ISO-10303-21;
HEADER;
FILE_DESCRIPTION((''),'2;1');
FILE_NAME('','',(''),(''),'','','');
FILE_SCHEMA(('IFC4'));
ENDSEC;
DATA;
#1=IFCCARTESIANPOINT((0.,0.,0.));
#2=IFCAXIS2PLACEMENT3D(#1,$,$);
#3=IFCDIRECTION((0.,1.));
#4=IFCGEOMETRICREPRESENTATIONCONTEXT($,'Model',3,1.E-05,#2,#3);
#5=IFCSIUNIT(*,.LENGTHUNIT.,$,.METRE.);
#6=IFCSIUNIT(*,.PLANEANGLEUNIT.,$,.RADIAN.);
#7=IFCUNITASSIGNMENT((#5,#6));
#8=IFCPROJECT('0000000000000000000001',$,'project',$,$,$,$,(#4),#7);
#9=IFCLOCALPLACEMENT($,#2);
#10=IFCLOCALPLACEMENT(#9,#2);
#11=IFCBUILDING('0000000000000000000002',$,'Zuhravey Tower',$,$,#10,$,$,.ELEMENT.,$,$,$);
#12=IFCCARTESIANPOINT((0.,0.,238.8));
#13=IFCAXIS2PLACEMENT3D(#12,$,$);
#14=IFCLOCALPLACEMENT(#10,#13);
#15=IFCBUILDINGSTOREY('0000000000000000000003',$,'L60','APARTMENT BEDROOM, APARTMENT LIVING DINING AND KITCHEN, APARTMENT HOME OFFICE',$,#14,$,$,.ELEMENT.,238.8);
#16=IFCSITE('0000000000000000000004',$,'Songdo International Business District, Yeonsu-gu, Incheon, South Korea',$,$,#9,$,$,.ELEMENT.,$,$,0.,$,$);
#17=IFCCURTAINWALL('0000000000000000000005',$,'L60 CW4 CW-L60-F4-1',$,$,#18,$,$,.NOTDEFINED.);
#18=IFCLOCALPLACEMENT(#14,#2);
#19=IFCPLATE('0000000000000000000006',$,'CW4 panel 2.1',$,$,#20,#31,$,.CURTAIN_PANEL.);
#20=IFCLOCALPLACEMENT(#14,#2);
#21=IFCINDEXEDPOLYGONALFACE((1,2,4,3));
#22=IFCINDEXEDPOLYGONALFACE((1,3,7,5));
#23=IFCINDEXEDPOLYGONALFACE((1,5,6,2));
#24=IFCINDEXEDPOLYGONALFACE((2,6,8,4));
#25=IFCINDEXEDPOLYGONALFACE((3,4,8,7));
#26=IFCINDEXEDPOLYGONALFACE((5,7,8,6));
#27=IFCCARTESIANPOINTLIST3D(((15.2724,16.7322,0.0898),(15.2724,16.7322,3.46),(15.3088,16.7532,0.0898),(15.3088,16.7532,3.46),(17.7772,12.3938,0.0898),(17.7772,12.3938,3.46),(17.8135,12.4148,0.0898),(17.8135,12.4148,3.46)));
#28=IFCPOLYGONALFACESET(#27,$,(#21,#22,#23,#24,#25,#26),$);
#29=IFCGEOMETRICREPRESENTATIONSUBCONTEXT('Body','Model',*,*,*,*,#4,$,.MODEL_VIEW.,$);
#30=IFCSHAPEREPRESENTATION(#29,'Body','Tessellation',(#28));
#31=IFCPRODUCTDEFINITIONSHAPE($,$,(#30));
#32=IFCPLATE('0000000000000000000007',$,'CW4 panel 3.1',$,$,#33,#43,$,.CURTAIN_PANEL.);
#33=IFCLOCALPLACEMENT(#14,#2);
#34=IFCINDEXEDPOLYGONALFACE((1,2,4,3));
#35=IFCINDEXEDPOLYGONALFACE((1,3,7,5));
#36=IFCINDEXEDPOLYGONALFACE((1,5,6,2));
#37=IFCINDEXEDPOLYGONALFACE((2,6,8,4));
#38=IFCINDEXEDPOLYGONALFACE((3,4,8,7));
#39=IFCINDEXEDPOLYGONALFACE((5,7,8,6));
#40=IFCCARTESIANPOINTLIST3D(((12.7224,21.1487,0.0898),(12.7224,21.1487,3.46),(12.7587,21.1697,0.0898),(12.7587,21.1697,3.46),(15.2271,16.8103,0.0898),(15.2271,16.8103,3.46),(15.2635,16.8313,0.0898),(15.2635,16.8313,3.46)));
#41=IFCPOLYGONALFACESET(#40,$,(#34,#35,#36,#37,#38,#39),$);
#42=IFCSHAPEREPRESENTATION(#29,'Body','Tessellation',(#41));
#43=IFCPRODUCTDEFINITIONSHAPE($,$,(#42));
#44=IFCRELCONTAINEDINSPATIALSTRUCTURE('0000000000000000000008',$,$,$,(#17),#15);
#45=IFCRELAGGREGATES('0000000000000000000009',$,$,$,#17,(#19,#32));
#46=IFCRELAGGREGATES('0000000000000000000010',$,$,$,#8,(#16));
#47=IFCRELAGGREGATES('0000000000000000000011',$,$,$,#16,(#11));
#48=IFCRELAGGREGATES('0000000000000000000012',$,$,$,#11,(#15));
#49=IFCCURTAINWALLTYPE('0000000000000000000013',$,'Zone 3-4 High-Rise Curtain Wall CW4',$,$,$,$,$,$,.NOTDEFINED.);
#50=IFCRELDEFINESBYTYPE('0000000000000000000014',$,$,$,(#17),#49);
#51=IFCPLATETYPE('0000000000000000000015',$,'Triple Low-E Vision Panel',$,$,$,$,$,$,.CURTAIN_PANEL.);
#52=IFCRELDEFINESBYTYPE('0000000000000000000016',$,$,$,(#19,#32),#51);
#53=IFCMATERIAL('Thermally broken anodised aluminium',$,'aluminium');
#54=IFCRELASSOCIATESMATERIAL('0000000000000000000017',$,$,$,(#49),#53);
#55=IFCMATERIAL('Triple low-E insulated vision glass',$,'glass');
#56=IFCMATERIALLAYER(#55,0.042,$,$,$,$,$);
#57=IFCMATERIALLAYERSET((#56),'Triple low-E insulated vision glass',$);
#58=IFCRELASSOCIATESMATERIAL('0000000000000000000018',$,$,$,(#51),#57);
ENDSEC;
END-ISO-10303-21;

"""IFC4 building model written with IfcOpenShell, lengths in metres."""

from ifc_helpers import new_model, si_unit, direction, frame, origin, origin_2d, place, context, subcontext, project, spatial, rectangle, extrude, material, layer, layer_set, type_object, element, aggregate, save


model = new_model("IFC4")

# Units and contexts
model_context = context("Model", 3, precision=1e-05, world=origin(), true_north=direction((0.0, 1.0)))
body_context = subcontext(model_context, "Body", "Model", "MODEL_VIEW")
ifc_project = project(units=[si_unit("LENGTHUNIT", "METRE"), si_unit("PLANEANGLEUNIT", "RADIAN")], contexts=[model_context])

# Site, building, storey
site_placement = place(None, origin())
site = spatial("IfcSite", under=ifc_project, at=site_placement, Name="Songdo International Business District, Yeonsu-gu, Incheon, South Korea", CompositionType="ELEMENT", RefElevation=0.0)
building_placement = place(site_placement, origin())
building = spatial("IfcBuilding", under=site, at=building_placement, Name="Zuhravey Tower", CompositionType="ELEMENT")
storey_placement = place(building_placement, frame((0.0, 0.0, 238.8)))
storey = spatial("IfcBuildingStorey", under=building, at=storey_placement, Name="L60", Description="APARTMENT BEDROOM, APARTMENT LIVING DINING AND KITCHEN, APARTMENT HOME OFFICE", CompositionType="ELEMENT", Elevation=238.8)

# Curtain wall
ifc_material_1 = material(Name="Thermally broken anodised aluminium", Category="aluminium")
curtain_wall_type = type_object("IfcCurtainWallType", Name="Zone 3-4 High-Rise Curtain Wall CW4", PredefinedType="NOTDEFINED", material=ifc_material_1)
curtain_wall_placement = place(storey_placement, origin())
curtain_wall = element("IfcCurtainWall", 1, at=curtain_wall_placement, inside=storey, type_object=curtain_wall_type, Name="L60 CW4 CW-L60-F4-1", PredefinedType="NOTDEFINED")

# Plates
ifc_material_2 = material(Name="Triple low-E insulated vision glass", Category="glass")
ifc_layer_1 = layer(ifc_material_2, 0.042)
ifc_layer_set_1 = layer_set([ifc_layer_1], Name="Triple low-E insulated vision glass")
plate_type_1 = type_object("IfcPlateType", Name="Triple Low-E Vision Panel", PredefinedType="CURTAIN_PANEL", material=ifc_layer_set_1)
plate_1_placement = place(storey_placement, frame((16.543, 14.5735, 0.0898), z_axis=(0.0, 0.0, 1.0), x_axis=(-0.500002, 0.866024, 0.0)))
plate_1 = element("IfcPlate", 2, at=plate_1_placement, type_object=plate_type_1, Name="CW4 panel 2.1", PredefinedType="CURTAIN_PANEL", context=body_context, shape_type="SweptSolid", body=[
    extrude(rectangle(XDim=5.0095, YDim=0.042, at=origin_2d()), origin(), (0.0, 0.0, 1.0), 3.3701),
])
plate_2_placement = place(storey_placement, frame((13.9929, 18.99, 0.0898), z_axis=(0.0, 0.0, 1.0), x_axis=(-0.500002, 0.866024, 0.0)))
plate_2 = element("IfcPlate", 3, at=plate_2_placement, type_object=plate_type_1, Name="CW4 panel 3.1", PredefinedType="CURTAIN_PANEL", context=body_context, shape_type="SweptSolid", body=[
    extrude(rectangle(XDim=5.0095, YDim=0.042, at=origin_2d()), origin(), (0.0, 0.0, 1.0), 3.3701),
])
aggregate(curtain_wall, [plate_1, plate_2])

save(model, "model.ifc")
